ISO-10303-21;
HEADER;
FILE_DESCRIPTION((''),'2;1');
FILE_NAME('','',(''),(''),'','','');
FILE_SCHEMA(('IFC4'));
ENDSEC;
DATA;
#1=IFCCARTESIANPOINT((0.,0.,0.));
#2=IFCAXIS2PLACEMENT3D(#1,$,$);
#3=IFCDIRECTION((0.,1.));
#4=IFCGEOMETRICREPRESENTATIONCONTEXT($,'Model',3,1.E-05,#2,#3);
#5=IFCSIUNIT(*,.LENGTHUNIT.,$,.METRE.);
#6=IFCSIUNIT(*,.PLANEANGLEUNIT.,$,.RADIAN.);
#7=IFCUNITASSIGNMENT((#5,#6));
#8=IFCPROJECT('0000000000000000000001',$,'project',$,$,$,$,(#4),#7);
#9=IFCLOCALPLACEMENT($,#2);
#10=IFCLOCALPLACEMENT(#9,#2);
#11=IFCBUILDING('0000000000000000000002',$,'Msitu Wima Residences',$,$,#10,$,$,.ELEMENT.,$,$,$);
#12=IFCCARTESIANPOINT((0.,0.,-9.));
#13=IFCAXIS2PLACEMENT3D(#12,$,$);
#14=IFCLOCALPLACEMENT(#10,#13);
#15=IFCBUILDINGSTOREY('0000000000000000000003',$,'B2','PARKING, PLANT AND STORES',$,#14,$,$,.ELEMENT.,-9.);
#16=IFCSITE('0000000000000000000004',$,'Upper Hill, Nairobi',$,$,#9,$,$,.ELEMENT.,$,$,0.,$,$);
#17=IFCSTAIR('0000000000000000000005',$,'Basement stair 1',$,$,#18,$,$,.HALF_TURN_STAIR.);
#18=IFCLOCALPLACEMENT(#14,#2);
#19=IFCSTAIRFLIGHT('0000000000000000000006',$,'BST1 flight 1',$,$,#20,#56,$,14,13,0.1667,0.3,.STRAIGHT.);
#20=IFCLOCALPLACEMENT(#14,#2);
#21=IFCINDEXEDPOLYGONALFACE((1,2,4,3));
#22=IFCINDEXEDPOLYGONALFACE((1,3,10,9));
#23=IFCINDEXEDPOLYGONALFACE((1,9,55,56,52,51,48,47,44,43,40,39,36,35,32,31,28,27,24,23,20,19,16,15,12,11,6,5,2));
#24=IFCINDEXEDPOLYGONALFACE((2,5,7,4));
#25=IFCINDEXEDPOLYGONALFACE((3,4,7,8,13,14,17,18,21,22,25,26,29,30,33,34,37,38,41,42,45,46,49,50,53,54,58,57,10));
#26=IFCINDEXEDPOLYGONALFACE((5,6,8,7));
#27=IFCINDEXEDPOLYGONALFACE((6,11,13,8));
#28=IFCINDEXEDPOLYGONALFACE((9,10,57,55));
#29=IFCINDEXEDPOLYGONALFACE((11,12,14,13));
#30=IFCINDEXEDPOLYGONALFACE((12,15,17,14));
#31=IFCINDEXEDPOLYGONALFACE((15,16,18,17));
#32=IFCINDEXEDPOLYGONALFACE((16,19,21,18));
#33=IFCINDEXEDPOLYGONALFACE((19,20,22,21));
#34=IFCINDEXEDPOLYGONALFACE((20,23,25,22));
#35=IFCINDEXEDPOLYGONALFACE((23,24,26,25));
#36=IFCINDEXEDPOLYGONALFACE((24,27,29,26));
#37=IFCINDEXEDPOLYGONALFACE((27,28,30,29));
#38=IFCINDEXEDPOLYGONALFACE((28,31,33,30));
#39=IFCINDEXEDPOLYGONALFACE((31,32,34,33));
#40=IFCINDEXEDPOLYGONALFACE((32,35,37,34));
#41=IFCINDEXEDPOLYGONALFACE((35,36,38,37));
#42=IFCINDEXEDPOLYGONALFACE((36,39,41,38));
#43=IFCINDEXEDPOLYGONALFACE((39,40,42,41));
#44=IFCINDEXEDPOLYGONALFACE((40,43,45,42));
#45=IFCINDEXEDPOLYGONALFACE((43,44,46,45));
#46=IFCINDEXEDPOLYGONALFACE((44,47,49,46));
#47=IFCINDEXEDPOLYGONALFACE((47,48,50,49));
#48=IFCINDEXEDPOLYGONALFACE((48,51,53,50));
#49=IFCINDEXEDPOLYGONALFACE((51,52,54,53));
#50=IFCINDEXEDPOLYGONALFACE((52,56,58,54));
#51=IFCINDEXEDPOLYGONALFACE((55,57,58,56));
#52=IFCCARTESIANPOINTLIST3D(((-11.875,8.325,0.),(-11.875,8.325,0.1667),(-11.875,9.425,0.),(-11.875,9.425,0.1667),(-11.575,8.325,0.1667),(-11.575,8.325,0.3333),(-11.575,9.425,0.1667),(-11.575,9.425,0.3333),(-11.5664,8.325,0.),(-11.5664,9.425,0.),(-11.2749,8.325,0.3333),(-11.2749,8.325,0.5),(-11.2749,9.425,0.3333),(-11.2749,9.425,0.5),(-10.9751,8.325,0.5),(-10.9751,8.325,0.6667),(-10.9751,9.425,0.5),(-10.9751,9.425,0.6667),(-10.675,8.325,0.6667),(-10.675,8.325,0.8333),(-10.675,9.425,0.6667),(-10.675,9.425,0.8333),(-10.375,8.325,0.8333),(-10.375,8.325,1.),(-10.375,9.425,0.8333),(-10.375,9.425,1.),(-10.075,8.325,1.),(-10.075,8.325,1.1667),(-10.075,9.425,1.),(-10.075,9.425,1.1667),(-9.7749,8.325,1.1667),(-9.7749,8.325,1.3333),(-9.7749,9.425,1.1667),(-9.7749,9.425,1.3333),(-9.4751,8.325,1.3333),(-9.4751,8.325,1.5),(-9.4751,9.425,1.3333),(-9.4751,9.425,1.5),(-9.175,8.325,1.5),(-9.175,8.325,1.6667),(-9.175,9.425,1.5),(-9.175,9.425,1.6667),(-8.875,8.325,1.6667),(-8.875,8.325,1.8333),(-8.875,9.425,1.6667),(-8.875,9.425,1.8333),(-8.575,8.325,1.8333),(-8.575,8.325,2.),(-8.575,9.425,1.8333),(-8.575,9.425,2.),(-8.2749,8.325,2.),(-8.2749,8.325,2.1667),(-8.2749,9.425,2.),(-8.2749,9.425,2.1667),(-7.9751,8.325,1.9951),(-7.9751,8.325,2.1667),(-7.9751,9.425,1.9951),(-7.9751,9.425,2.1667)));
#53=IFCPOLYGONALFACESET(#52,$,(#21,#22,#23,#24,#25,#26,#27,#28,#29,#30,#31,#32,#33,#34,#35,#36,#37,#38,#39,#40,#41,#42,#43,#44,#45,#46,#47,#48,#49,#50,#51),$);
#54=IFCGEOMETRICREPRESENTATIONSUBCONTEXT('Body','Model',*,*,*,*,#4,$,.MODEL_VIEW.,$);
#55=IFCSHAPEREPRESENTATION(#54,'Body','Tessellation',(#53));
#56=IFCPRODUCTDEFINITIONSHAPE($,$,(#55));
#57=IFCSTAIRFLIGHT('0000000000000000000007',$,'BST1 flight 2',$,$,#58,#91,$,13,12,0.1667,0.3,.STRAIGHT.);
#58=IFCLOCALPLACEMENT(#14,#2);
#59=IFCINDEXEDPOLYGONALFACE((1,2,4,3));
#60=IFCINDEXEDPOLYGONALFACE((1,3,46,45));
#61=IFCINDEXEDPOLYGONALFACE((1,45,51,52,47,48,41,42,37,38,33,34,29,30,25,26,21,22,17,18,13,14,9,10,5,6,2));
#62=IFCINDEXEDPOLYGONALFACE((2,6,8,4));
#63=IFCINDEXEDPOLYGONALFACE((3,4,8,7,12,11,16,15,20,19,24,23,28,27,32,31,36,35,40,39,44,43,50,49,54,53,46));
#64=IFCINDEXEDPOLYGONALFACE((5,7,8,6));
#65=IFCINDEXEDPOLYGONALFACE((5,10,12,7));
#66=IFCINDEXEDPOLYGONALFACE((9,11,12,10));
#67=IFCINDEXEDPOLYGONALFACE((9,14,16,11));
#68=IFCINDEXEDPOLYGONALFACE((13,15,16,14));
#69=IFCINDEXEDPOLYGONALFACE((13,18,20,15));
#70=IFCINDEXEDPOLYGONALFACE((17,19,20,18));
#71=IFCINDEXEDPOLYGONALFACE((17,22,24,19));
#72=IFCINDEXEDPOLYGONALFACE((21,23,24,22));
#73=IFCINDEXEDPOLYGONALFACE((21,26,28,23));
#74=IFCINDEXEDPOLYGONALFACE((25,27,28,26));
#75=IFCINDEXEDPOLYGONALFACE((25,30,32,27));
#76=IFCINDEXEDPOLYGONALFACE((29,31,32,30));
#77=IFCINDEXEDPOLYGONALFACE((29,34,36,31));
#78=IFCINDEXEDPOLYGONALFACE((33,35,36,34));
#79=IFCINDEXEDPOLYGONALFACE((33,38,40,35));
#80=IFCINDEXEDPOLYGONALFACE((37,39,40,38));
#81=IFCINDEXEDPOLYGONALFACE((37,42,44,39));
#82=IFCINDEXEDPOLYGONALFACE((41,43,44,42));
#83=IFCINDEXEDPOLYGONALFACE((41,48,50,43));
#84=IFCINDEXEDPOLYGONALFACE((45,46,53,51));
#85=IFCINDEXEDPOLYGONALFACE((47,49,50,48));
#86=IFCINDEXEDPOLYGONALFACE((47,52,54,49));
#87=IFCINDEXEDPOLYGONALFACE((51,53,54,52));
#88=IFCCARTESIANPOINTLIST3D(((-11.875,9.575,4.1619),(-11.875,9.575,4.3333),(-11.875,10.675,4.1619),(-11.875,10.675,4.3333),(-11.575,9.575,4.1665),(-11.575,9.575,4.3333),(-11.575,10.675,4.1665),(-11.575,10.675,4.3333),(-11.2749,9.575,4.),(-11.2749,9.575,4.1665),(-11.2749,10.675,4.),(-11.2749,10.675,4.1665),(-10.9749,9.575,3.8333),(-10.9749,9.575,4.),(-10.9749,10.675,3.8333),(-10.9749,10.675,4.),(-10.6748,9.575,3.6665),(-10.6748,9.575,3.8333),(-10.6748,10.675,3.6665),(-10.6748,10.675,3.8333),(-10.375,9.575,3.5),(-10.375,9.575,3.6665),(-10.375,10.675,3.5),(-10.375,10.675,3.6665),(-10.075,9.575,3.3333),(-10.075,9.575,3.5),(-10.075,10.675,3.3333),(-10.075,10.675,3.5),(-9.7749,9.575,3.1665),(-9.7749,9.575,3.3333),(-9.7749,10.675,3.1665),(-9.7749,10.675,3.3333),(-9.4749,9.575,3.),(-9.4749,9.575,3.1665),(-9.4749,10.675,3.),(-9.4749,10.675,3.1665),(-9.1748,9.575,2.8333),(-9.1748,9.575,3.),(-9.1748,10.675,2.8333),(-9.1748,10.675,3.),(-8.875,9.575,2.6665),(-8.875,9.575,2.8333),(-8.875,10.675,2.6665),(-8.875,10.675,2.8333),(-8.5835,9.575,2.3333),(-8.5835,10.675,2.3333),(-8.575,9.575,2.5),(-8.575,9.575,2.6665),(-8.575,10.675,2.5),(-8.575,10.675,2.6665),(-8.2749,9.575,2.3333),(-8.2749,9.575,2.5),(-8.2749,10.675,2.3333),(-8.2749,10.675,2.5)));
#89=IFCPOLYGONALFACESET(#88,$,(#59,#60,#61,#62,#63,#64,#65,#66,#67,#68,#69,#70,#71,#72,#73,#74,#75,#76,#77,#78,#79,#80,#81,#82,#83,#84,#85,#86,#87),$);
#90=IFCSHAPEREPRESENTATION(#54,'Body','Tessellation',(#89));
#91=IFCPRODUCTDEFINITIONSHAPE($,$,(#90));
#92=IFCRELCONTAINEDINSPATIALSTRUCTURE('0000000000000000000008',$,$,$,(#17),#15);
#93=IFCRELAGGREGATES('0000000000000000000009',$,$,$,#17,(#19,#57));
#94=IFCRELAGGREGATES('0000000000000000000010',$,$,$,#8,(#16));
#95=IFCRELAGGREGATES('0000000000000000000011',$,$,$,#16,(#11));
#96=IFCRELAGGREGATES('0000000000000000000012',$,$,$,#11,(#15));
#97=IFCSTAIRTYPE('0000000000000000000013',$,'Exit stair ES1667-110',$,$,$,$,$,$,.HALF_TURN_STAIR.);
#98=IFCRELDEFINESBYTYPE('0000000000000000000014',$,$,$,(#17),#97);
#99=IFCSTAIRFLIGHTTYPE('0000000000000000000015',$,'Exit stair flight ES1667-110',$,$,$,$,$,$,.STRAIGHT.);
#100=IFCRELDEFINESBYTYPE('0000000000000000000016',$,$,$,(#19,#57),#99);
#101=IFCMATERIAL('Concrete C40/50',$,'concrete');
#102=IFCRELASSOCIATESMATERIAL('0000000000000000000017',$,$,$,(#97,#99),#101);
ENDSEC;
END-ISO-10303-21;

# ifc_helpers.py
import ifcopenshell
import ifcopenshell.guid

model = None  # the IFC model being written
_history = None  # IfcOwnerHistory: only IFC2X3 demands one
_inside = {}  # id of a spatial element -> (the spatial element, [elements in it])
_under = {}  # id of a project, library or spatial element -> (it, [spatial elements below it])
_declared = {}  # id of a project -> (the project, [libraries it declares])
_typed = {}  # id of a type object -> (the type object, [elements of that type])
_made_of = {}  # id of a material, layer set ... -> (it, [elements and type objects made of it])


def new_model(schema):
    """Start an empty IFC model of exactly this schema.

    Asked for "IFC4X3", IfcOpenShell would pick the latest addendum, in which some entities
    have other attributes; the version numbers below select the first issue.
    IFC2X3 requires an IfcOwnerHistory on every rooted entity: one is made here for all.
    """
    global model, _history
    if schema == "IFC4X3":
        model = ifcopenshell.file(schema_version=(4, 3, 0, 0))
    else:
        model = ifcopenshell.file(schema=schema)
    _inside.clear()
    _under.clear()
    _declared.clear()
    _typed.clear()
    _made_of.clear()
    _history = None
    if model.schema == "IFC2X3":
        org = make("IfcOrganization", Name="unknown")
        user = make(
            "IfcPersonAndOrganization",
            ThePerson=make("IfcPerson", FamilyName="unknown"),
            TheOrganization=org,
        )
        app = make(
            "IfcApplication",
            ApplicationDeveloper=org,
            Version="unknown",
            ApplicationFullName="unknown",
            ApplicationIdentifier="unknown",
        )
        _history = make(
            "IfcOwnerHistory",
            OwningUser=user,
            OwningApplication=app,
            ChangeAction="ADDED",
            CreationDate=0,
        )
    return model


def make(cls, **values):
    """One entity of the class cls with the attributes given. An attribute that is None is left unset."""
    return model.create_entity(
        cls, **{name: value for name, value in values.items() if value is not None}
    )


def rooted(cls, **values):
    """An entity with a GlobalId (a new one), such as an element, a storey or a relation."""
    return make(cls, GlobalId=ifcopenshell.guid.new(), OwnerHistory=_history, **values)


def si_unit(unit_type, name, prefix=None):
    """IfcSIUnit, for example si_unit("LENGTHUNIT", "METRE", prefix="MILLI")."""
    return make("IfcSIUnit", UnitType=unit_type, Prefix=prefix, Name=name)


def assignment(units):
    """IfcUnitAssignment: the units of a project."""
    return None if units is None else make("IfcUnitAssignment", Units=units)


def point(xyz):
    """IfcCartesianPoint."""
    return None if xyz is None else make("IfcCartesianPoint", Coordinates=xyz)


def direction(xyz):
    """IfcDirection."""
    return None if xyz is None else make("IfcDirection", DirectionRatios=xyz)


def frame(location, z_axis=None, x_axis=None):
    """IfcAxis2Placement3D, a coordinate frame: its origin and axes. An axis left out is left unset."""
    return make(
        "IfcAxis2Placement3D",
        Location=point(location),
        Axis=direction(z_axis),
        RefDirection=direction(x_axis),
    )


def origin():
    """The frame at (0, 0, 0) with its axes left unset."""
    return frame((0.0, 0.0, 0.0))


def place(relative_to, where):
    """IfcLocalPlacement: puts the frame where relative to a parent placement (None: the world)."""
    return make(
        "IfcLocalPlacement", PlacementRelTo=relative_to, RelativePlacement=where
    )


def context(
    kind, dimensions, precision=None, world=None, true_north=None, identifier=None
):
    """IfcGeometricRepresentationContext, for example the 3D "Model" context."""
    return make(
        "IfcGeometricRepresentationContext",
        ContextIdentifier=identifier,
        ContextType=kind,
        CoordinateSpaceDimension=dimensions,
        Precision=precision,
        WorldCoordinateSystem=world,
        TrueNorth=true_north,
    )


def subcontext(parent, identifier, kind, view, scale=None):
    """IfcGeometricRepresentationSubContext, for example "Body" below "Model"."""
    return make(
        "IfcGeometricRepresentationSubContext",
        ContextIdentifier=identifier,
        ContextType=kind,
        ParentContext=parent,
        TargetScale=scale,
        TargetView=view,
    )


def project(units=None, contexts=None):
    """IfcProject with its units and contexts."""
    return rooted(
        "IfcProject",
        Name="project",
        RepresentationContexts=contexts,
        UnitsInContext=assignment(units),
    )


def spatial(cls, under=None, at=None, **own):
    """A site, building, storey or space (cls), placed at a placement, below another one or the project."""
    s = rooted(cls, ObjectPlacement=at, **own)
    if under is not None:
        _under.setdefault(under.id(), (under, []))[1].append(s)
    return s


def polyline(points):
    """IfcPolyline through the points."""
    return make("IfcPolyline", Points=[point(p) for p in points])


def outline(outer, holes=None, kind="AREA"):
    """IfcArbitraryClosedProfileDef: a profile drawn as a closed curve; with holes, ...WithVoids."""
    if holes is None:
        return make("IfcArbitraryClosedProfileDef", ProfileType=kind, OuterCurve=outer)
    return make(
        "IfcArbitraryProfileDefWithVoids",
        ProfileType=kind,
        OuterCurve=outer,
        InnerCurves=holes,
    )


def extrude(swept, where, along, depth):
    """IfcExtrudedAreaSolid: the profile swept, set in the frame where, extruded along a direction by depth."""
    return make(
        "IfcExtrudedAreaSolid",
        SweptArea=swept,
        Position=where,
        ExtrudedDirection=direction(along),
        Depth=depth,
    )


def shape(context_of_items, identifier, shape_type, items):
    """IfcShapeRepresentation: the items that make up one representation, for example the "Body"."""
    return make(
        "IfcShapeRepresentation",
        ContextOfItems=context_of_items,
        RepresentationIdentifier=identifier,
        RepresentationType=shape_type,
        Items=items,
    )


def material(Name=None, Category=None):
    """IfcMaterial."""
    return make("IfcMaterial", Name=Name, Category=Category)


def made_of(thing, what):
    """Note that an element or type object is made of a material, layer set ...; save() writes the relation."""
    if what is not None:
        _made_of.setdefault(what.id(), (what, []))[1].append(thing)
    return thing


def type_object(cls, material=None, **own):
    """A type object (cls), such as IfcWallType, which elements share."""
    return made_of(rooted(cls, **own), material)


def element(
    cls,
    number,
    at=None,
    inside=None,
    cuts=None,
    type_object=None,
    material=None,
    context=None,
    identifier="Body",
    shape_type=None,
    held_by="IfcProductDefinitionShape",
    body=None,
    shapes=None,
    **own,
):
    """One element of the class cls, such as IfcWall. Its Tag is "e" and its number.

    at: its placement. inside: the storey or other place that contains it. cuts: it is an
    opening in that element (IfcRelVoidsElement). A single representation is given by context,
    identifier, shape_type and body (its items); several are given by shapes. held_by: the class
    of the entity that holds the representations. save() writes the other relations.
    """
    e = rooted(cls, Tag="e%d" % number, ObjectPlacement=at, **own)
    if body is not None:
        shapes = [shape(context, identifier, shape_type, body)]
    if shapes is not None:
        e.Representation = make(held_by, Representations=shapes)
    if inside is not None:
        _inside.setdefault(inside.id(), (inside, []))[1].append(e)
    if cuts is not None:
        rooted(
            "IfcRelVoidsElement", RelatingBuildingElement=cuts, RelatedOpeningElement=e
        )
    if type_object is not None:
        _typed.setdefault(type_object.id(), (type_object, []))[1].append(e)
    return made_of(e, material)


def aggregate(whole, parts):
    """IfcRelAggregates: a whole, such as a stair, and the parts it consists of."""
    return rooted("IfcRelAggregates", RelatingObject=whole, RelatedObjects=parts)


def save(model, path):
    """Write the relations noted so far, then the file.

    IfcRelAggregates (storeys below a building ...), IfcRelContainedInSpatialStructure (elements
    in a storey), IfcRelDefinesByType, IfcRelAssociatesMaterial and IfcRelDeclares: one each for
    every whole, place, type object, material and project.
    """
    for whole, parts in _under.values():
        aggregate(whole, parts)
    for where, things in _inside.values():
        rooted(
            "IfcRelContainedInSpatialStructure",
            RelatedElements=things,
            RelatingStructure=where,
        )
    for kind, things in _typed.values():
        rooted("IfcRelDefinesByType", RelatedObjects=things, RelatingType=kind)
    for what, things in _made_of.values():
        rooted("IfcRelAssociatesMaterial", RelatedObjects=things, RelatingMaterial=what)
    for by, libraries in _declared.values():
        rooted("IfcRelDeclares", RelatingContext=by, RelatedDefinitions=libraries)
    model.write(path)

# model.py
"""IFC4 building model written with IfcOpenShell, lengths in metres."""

from ifc_helpers import new_model, si_unit, direction, frame, origin, place, context, subcontext, project, spatial, polyline, outline, extrude, material, type_object, element, aggregate, save


model = new_model("IFC4")

# Units and contexts
model_context = context("Model", 3, precision=1e-05, world=origin(), true_north=direction((0.0, 1.0)))
body_context = subcontext(model_context, "Body", "Model", "MODEL_VIEW")
ifc_project = project(units=[si_unit("LENGTHUNIT", "METRE"), si_unit("PLANEANGLEUNIT", "RADIAN")], contexts=[model_context])

# Site, building, storey
site_placement = place(None, origin())
site = spatial("IfcSite", under=ifc_project, at=site_placement, Name="Upper Hill, Nairobi", CompositionType="ELEMENT", RefElevation=0.0)
building_placement = place(site_placement, origin())
building = spatial("IfcBuilding", under=site, at=building_placement, Name="Msitu Wima Residences", CompositionType="ELEMENT")
storey_placement = place(building_placement, frame((0.0, 0.0, -9.0)))
storey = spatial("IfcBuildingStorey", under=building, at=storey_placement, Name="B2", Description="PARKING, PLANT AND STORES", CompositionType="ELEMENT", Elevation=-9.0)

# Shared definitions
ifc_material_1 = material(Name="Concrete C40/50", Category="concrete")

# Stair, stair flights
stair_type = type_object("IfcStairType", Name="Exit stair ES1667-110", PredefinedType="HALF_TURN_STAIR", material=ifc_material_1)
stair_placement = place(storey_placement, origin())
stair = element("IfcStair", 1, at=stair_placement, inside=storey, type_object=stair_type, Name="Basement stair 1", PredefinedType="HALF_TURN_STAIR")
stair_flight_type = type_object("IfcStairFlightType", Name="Exit stair flight ES1667-110", PredefinedType="STRAIGHT", material=ifc_material_1)
stair_flight_1_placement = place(storey_placement, frame((-11.875, 8.875, 0.0), z_axis=(0.0, 0.0, 1.0), x_axis=(1.0, 0.0, 0.0)))
stair_flight_1 = element("IfcStairFlight", 2, at=stair_flight_1_placement, type_object=stair_flight_type, Name="BST1 flight 1", NumberOfRisers=14, NumberOfTreads=13, PredefinedType="STRAIGHT", RiserHeight=0.1667, TreadLength=0.3, context=body_context, shape_type="SweptSolid", body=[
    extrude(outline(polyline([(0.0, 0.0), (0.0, 0.1667), (0.3, 0.1667), (0.3, 0.3333), (0.6001, 0.3333), (0.6001, 0.5), (0.8999, 0.5), (0.8999, 0.6667), (1.2, 0.6667), (1.2, 0.8333), (1.5, 0.8333), (1.5, 1.0), (1.8, 1.0), (1.8, 1.1667), (2.1001, 1.1667), (2.1001, 1.3333), (2.3999, 1.3333), (2.3999, 1.5), (2.7, 1.5), (2.7, 1.6667), (3.0, 1.6667), (3.0, 1.8333), (3.3, 1.8333), (3.3, 2.0), (3.6001, 2.0), (3.6001, 2.1667), (3.8999, 2.1667), (3.8999, 2.3333), (3.8999, 1.9951), (0.3086, 0.0), (0.0, 0.0)])), frame((0.0, 0.55, 0.0), z_axis=(0.0, -1.0, 0.0), x_axis=(1.0, 0.0, 0.0)), (0.0, 0.0, 1.0), 1.1001),
])
stair_flight_2_placement = place(storey_placement, frame((-8.2749, 10.125, 2.3333), z_axis=(0.0, 0.0, 1.0), x_axis=(-1.0, 0.0, 0.0)))
stair_flight_2 = element("IfcStairFlight", 3, at=stair_flight_2_placement, type_object=stair_flight_type, Name="BST1 flight 2", NumberOfRisers=13, NumberOfTreads=12, PredefinedType="STRAIGHT", RiserHeight=0.1667, TreadLength=0.3, context=body_context, shape_type="SweptSolid", body=[
    extrude(outline(polyline([(0.0, 0.0), (0.0, 0.1667), (0.3, 0.1667), (0.3, 0.3333), (0.6001, 0.3333), (0.6001, 0.5), (0.8999, 0.5), (0.8999, 0.6667), (1.2, 0.6667), (1.2, 0.8333), (1.5, 0.8333), (1.5, 1.0), (1.8, 1.0), (1.8, 1.1667), (2.1001, 1.1667), (2.1001, 1.3333), (2.3999, 1.3333), (2.3999, 1.5), (2.7, 1.5), (2.7, 1.6667), (3.0, 1.6667), (3.0, 1.8333), (3.3, 1.8333), (3.3, 2.0), (3.6001, 2.0), (3.6001, 2.1667), (3.6001, 1.8286), (0.3086, 0.0), (0.0, 0.0)])), frame((0.0, 0.55, 0.0), z_axis=(0.0, -1.0, 0.0), x_axis=(1.0, 0.0, 0.0)), (0.0, 0.0, 1.0), 1.1001),
])
aggregate(stair, [stair_flight_1, stair_flight_2])

save(model, "model.ifc")
